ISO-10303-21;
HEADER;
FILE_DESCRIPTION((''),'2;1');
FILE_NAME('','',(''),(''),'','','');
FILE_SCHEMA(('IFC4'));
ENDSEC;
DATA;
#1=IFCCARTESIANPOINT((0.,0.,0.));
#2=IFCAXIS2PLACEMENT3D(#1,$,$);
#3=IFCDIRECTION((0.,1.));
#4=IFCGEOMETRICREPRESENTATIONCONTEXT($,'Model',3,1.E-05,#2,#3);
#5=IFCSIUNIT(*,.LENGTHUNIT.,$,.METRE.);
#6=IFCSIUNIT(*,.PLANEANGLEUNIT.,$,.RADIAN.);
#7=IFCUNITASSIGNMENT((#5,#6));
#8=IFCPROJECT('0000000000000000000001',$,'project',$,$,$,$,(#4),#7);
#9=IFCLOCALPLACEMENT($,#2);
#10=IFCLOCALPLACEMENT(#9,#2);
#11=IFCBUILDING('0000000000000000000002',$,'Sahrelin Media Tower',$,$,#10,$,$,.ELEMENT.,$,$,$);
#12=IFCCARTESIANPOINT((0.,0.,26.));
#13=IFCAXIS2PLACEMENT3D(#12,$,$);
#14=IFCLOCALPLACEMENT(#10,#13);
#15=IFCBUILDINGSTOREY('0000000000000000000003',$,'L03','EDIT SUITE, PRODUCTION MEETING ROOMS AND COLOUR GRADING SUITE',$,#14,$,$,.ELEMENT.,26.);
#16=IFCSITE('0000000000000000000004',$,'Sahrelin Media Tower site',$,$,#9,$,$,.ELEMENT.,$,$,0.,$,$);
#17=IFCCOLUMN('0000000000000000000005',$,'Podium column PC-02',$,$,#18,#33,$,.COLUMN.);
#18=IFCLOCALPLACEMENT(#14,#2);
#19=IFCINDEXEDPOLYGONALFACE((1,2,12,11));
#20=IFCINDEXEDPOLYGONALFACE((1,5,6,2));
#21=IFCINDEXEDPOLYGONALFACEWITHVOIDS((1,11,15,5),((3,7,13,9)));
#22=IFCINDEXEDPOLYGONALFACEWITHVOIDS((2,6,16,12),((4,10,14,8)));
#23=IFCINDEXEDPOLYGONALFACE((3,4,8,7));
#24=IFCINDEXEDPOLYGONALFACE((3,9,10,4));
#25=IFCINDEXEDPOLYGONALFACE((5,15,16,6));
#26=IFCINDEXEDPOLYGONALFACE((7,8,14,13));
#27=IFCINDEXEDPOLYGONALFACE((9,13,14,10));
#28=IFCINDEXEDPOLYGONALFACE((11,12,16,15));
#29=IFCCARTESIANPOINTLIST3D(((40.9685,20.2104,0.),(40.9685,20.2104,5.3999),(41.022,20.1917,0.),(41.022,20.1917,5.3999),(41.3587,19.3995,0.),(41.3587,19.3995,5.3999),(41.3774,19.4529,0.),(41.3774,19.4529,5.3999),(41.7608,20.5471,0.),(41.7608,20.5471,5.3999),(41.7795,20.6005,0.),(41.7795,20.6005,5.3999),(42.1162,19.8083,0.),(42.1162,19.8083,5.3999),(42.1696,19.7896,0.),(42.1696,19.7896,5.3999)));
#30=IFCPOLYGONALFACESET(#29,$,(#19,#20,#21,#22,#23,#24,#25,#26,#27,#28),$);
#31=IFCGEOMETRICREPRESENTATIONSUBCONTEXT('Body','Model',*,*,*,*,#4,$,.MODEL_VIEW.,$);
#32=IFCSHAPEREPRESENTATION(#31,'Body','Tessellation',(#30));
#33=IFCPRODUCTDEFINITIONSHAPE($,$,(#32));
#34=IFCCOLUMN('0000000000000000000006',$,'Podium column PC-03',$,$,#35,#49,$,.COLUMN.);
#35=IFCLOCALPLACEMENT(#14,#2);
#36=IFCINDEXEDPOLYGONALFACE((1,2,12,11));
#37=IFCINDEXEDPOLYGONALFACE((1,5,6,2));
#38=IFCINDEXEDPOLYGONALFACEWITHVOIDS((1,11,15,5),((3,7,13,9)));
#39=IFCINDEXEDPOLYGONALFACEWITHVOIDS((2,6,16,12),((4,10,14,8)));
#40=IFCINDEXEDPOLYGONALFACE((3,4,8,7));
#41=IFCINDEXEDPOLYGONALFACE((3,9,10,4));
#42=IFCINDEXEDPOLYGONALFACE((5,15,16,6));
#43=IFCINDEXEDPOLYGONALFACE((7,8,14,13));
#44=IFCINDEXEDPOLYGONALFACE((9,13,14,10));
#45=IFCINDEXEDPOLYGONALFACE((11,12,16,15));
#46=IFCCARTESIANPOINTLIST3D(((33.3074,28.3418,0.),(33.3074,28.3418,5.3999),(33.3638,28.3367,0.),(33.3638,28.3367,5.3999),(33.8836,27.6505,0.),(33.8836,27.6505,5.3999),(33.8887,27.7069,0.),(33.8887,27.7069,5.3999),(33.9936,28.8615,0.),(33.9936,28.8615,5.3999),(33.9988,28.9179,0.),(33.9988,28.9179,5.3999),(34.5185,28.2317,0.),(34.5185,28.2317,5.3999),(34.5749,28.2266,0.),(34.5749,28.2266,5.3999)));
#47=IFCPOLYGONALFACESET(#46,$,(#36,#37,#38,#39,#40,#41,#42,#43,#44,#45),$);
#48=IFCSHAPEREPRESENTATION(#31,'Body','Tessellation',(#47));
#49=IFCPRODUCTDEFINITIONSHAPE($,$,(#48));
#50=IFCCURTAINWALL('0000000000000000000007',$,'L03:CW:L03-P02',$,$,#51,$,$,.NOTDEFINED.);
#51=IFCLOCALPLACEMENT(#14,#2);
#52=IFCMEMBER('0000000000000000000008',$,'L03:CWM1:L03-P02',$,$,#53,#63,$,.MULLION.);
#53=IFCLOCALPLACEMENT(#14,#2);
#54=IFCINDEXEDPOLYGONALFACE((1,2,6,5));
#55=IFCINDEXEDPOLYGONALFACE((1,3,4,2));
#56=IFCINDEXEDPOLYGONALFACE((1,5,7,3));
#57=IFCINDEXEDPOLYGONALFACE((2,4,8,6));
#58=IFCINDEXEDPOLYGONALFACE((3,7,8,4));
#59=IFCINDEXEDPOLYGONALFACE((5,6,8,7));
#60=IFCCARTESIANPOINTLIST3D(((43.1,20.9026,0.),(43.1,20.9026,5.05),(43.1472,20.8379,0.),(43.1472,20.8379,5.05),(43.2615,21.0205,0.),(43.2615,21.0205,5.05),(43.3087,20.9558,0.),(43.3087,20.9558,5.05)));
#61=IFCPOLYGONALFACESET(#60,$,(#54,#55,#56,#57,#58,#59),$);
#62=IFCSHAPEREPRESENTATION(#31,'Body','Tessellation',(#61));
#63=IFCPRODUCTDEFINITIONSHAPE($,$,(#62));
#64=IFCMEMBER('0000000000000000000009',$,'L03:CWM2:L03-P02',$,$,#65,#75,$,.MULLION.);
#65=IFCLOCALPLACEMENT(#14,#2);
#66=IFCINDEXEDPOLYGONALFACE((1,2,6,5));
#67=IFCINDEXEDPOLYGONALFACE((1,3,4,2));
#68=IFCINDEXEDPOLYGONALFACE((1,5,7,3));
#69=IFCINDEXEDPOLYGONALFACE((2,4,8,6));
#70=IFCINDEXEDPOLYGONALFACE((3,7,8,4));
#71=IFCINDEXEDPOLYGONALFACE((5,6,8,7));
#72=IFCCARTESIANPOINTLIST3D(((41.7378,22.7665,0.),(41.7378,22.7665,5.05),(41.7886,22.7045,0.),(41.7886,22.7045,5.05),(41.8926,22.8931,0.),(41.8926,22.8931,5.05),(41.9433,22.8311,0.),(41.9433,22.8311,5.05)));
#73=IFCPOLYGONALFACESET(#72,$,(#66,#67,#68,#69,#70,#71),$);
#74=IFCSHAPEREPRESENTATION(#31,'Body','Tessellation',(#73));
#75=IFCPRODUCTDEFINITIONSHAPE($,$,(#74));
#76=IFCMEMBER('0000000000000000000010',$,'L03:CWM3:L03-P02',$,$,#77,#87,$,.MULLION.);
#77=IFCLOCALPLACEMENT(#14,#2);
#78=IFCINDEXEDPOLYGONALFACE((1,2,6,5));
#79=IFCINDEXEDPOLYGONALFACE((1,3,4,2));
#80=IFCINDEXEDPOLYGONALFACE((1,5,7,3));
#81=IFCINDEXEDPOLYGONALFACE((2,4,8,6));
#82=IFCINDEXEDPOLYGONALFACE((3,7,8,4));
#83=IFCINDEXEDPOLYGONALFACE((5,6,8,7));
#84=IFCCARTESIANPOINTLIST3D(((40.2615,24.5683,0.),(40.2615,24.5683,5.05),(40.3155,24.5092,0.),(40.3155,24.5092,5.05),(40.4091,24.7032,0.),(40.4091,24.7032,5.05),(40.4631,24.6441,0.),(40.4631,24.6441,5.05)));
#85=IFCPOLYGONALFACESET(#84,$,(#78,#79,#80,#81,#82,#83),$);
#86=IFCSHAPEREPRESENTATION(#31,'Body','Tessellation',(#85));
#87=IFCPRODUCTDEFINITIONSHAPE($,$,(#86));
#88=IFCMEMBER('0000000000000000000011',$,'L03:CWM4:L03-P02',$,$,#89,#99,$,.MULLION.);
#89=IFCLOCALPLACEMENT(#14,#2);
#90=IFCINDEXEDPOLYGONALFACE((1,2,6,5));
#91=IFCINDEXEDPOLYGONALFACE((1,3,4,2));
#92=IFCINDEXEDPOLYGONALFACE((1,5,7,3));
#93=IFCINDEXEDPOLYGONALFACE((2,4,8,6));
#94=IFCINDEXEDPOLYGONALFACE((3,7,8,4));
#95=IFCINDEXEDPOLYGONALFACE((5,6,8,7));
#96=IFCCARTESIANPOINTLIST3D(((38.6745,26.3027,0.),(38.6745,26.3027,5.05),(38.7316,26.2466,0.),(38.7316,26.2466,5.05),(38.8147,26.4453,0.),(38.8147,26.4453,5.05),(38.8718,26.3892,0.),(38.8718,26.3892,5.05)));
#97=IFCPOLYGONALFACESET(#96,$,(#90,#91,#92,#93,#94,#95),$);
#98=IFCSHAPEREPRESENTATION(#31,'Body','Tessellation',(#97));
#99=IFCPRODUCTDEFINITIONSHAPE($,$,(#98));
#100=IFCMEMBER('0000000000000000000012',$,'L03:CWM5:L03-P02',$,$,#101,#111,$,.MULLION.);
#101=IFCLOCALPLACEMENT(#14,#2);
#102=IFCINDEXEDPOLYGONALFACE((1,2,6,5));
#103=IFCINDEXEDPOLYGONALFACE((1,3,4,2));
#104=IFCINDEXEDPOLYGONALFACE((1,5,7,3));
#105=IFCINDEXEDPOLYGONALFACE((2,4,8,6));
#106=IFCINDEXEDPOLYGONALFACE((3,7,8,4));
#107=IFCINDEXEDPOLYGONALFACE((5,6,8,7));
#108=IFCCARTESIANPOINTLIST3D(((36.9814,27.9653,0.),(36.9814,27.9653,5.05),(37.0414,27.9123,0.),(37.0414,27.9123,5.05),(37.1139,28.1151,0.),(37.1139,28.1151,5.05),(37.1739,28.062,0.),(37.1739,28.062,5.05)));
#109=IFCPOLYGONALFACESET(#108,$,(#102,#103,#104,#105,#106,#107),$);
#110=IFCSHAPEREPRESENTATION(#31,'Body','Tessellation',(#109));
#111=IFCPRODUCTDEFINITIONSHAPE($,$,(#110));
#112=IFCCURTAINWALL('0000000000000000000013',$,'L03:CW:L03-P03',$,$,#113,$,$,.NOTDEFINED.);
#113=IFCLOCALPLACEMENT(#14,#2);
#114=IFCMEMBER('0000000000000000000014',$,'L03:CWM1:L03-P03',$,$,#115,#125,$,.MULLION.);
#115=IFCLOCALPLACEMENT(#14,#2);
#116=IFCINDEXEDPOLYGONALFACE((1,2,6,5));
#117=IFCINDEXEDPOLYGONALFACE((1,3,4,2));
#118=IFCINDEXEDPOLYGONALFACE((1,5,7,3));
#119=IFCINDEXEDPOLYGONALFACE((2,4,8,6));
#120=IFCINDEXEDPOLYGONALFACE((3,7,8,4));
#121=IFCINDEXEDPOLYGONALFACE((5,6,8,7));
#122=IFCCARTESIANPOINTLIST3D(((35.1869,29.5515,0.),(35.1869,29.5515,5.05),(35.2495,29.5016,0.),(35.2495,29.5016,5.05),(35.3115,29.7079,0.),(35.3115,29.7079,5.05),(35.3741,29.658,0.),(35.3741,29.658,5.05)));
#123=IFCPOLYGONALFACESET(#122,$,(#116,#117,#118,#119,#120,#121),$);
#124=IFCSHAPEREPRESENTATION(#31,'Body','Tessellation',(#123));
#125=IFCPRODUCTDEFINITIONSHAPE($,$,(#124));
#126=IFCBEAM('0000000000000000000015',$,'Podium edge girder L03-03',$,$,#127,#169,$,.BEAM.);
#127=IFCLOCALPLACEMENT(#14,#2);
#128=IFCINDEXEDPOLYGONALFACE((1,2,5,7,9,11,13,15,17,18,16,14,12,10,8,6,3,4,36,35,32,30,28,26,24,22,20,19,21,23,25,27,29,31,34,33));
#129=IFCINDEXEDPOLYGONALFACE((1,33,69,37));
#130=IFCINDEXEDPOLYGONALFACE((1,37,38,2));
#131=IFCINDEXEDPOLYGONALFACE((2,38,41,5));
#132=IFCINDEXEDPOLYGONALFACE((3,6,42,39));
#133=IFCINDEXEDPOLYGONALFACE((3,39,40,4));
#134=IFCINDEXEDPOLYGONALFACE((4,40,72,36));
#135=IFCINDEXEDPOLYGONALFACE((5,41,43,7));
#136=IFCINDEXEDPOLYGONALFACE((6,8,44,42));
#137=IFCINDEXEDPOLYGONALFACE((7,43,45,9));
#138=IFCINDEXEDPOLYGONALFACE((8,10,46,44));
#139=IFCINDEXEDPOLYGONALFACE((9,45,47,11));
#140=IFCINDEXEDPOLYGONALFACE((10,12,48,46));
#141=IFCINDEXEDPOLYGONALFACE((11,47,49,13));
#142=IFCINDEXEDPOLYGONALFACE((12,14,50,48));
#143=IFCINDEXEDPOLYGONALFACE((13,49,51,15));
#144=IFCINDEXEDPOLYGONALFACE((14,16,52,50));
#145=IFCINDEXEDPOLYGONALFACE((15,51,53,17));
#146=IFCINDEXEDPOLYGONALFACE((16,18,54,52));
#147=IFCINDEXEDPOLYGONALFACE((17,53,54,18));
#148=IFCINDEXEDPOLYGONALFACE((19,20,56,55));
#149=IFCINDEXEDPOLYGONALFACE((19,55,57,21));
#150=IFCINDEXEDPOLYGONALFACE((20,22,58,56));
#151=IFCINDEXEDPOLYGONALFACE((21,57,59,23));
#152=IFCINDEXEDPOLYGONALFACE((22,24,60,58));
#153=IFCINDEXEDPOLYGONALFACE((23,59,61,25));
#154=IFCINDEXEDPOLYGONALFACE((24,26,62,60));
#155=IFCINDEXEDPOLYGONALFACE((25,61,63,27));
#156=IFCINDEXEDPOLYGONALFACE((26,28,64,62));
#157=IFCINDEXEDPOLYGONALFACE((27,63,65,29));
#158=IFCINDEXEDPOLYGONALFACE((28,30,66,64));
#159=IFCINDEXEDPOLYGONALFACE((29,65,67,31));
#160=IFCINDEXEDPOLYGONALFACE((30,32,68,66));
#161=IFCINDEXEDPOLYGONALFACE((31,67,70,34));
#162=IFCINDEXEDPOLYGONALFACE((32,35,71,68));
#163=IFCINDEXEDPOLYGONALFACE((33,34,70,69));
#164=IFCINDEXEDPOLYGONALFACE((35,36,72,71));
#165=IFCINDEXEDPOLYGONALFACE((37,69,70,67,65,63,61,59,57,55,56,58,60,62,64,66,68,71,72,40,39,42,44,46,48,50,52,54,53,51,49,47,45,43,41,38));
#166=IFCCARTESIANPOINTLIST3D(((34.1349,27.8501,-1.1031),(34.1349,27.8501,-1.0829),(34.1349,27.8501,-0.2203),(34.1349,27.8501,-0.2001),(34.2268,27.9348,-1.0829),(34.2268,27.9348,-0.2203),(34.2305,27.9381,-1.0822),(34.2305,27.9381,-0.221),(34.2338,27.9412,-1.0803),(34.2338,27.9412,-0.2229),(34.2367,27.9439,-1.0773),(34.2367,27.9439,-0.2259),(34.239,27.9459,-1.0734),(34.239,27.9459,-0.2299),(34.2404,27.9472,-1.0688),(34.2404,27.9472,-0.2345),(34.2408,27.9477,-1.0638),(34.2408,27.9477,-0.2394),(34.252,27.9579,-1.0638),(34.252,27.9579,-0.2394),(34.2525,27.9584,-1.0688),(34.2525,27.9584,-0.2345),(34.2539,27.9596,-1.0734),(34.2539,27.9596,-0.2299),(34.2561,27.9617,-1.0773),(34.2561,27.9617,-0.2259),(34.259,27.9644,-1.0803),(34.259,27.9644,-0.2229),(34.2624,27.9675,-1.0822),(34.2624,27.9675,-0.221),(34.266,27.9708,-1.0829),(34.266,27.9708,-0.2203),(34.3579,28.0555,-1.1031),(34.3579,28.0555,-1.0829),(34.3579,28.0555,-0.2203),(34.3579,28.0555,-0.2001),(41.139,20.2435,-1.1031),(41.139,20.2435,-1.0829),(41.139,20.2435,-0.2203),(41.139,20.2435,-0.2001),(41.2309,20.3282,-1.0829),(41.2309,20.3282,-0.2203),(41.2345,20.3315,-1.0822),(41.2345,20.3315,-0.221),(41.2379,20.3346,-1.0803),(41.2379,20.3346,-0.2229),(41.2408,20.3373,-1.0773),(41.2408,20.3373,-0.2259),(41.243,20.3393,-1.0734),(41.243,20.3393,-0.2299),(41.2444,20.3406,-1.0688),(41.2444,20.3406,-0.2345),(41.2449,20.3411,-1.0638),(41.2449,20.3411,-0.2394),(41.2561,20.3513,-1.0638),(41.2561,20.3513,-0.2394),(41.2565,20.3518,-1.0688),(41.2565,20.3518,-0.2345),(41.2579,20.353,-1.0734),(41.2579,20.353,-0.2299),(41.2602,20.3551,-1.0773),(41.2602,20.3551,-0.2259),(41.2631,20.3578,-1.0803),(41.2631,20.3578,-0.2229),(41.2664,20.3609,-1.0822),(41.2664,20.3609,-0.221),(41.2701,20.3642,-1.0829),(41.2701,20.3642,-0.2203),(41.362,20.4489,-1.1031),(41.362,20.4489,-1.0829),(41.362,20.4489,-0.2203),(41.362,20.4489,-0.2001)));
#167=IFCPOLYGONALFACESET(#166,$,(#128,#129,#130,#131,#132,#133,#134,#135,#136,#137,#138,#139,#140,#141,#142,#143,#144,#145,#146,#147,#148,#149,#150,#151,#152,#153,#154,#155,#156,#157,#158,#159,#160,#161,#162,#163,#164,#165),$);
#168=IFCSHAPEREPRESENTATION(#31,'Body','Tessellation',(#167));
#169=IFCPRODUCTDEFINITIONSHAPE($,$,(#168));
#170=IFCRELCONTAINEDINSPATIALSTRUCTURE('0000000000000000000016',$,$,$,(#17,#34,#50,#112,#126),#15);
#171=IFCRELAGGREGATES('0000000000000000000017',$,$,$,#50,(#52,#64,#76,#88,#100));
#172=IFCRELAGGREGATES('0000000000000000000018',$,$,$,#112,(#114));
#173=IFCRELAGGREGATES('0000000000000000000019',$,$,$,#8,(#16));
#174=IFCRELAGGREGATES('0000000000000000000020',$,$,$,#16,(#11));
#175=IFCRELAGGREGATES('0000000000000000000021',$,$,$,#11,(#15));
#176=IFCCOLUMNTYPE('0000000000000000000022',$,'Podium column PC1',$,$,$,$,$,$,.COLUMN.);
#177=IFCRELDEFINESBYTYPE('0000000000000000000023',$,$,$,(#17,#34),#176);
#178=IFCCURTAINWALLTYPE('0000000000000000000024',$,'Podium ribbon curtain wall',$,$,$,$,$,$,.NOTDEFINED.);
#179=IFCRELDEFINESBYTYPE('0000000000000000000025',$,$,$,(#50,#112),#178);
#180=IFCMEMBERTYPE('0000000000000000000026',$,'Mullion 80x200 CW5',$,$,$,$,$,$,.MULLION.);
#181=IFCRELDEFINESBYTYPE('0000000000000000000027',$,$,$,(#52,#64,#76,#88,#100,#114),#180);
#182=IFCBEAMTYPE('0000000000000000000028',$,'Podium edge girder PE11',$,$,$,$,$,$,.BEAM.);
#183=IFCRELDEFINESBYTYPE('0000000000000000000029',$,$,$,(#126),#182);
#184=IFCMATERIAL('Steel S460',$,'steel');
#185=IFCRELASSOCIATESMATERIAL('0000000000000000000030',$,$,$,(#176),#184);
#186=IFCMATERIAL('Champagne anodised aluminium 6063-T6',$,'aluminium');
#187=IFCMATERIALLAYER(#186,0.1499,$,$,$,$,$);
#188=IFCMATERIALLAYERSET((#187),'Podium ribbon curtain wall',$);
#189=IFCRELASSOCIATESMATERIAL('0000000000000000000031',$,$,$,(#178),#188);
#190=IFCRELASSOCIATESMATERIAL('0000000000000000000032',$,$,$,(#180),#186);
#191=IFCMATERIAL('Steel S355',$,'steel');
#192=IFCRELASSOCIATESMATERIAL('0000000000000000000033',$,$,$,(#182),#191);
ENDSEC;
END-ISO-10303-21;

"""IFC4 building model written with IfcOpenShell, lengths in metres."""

from ifc_helpers import new_model, si_unit, direction, frame, origin, origin_2d, place, context, subcontext, project, spatial, rectangle, hollow_rectangle, i_section, extrude, material, layer, layer_set, material_profile, profile_set, type_object, element, aggregate, save


model = new_model("IFC4")

# Units and contexts
model_context = context("Model", 3, precision=1e-05, world=origin(), true_north=direction((0.0, 1.0)))
body_context = subcontext(model_context, "Body", "Model", "MODEL_VIEW")
ifc_project = project(units=[si_unit("LENGTHUNIT", "METRE"), si_unit("PLANEANGLEUNIT", "RADIAN")], contexts=[model_context])

# Site, building, storey
site_placement = place(None, origin())
site = spatial("IfcSite", under=ifc_project, at=site_placement, Name="Sahrelin Media Tower site", CompositionType="ELEMENT", RefElevation=0.0)
building_placement = place(site_placement, origin())
building = spatial("IfcBuilding", under=site, at=building_placement, Name="Sahrelin Media Tower", CompositionType="ELEMENT")
storey_placement = place(building_placement, frame((0.0, 0.0, 26.0)))
storey = spatial("IfcBuildingStorey", under=building, at=storey_placement, Name="L03", Description="EDIT SUITE, PRODUCTION MEETING ROOMS AND COLOUR GRADING SUITE", CompositionType="ELEMENT", Elevation=26.0)

# Columns
ifc_material_1 = material(Name="Steel S460", Category="steel")
ifc_material_profile_1 = material_profile(ifc_material_1, hollow_rectangle(XDim=0.8999, YDim=0.8999, WallThickness=0.04, at=origin_2d()), Name="Podium column PC1")
ifc_profile_set_1 = profile_set([ifc_material_profile_1], Name="Steel S460")
column_type = type_object("IfcColumnType", Name="Podium column PC1", PredefinedType="COLUMN", material=ifc_profile_set_1)
for number, where, z_axis, x_axis, name in (
    (1, (41.5691, 20.0, 0.0), (0.0, 0.0, 1.0), (0.901127, 0.433555, 0.0), "Podium column PC-02"),
    (2, (33.9412, 28.2842, 0.0), (0.0, 0.0, 1.0), (0.768221, 0.640185, 0.0), "Podium column PC-03"),
):
    element("IfcColumn", number, at=place(storey_placement, frame(where, z_axis=z_axis, x_axis=x_axis)), inside=storey, type_object=column_type, Name=name, PredefinedType="COLUMN", context=body_context, shape_type="SweptSolid", body=[
        extrude(hollow_rectangle(XDim=0.8999, YDim=0.8999, WallThickness=0.04, at=origin_2d()), origin(), (0.0, 0.0, 1.0), 5.3999),
    ])

# Curtain wall, members
ifc_material_2 = material(Name="Champagne anodised aluminium 6063-T6", Category="aluminium")
ifc_layer_1 = layer(ifc_material_2, 0.1499)
ifc_layer_set_1 = layer_set([ifc_layer_1], Name="Podium ribbon curtain wall")
curtain_wall_type = type_object("IfcCurtainWallType", Name="Podium ribbon curtain wall", PredefinedType="NOTDEFINED", material=ifc_layer_set_1)
curtain_wall_1_placement = place(storey_placement, frame((43.3013, 21.0, 0.0), z_axis=(0.0, 0.0, 1.0), x_axis=(1.0, 0.0, 0.0)))
curtain_wall_1 = element("IfcCurtainWall", 3, at=curtain_wall_1_placement, inside=storey, type_object=curtain_wall_type, Name="L03:CW:L03-P02", PredefinedType="NOTDEFINED")
ifc_material_profile_2 = material_profile(ifc_material_2, rectangle(XDim=0.0801, YDim=0.2, at=origin_2d()), Name="Mullion 80x200")
ifc_profile_set_2 = profile_set([ifc_material_profile_2], Name="Champagne anodised aluminium 6063-T6")
member_type_1 = type_object("IfcMemberType", Name="Mullion 80x200 CW5", PredefinedType="MULLION", material=ifc_profile_set_2)
member_1_placement = place(storey_placement, frame((43.2043, 20.9292, 0.0), z_axis=(0.0, 0.0, 1.0), x_axis=(-0.589385, 0.807852, 0.0)))
member_1 = element("IfcMember", 4, at=member_1_placement, type_object=member_type_1, Name="L03:CWM1:L03-P02", PredefinedType="MULLION", context=body_context, shape_type="SweptSolid", body=[
    extrude(rectangle(XDim=0.0801, YDim=0.2, at=origin_2d()), origin(), (0.0, 0.0, 1.0), 5.05),
])
member_2_placement = place(storey_placement, frame((41.8406, 22.7988, 0.0), z_axis=(0.0, 0.0, 1.0), x_axis=(-0.633235, 0.77396, 0.0)))
member_2 = element("IfcMember", 5, at=member_2_placement, type_object=member_type_1, Name="L03:CWM2:L03-P02", PredefinedType="MULLION", context=body_context, shape_type="SweptSolid", body=[
    extrude(rectangle(XDim=0.0801, YDim=0.2, at=origin_2d()), origin(), (0.0, 0.0, 1.0), 5.05),
])
member_3_placement = place(storey_placement, frame((40.3623, 24.6062, 0.0), z_axis=(0.0, 0.0, 1.0), x_axis=(-0.67443, 0.738339, 0.0)))
member_3 = element("IfcMember", 6, at=member_3_placement, type_object=member_type_1, Name="L03:CWM3:L03-P02", PredefinedType="MULLION", context=body_context, shape_type="SweptSolid", body=[
    extrude(rectangle(XDim=0.0801, YDim=0.2, at=origin_2d()), origin(), (0.0, 0.0, 1.0), 5.05),
])
member_4_placement = place(storey_placement, frame((38.7732, 26.3459, 0.0), z_axis=(0.0, 0.0, 1.0), x_axis=(-0.712974, 0.701191, 0.0)))
member_4 = element("IfcMember", 7, at=member_4_placement, type_object=member_type_1, Name="L03:CWM4:L03-P02", PredefinedType="MULLION", context=body_context, shape_type="SweptSolid", body=[
    extrude(rectangle(XDim=0.0801, YDim=0.2, at=origin_2d()), origin(), (0.0, 0.0, 1.0), 5.05),
])
member_5_placement = place(storey_placement, frame((37.0776, 28.0137, 0.0), z_axis=(0.0, 0.0, 1.0), x_axis=(-0.748788, 0.66281, 0.0)))
member_5 = element("IfcMember", 8, at=member_5_placement, type_object=member_type_1, Name="L03:CWM5:L03-P02", PredefinedType="MULLION", context=body_context, shape_type="SweptSolid", body=[
    extrude(rectangle(XDim=0.0801, YDim=0.2, at=origin_2d()), origin(), (0.0, 0.0, 1.0), 5.05),
])

# Curtain wall, member
curtain_wall_2_placement = place(storey_placement, frame((35.3552, 29.6985, 0.0), z_axis=(0.0, 0.0, 1.0), x_axis=(1.0, 0.0, 0.0)))
curtain_wall_2 = element("IfcCurtainWall", 9, at=curtain_wall_2_placement, inside=storey, type_object=curtain_wall_type, Name="L03:CW:L03-P03", PredefinedType="NOTDEFINED")
member_6_placement = place(storey_placement, frame((35.2805, 29.6047, 0.0), z_axis=(0.0, 0.0, 1.0), x_axis=(-0.78196, 0.623328, 0.0)))
member_6 = element("IfcMember", 10, at=member_6_placement, type_object=member_type_1, Name="L03:CWM1:L03-P03", PredefinedType="MULLION", context=body_context, shape_type="SweptSolid", body=[
    extrude(rectangle(XDim=0.0801, YDim=0.2, at=origin_2d()), origin(), (0.0, 0.0, 1.0), 5.05),
])

# Beam
ifc_material_3 = material(Name="Steel S355", Category="steel")
ifc_material_profile_3 = material_profile(ifc_material_3, i_section(OverallWidth=0.3032, OverallDepth=0.9031, WebThickness=0.0151, FlangeThickness=0.0203, FilletRadius=0.019, at=origin_2d()), Name="UB 914x305x201")
ifc_profile_set_3 = profile_set([ifc_material_profile_3], Name="Steel S355")
beam_type = type_object("IfcBeamType", Name="Podium edge girder PE11", PredefinedType="BEAM", material=ifc_profile_set_3)
beam_1_placement = place(storey_placement, frame((41.2505, 20.3462, -0.6516), z_axis=(-0.677371, 0.735642, 0.0), x_axis=(-0.735642, -0.677371, 0.0)))
element("IfcBeam", 11, at=beam_1_placement, inside=storey, type_object=beam_type, Name="Podium edge girder L03-03", PredefinedType="BEAM", context=body_context, shape_type="SweptSolid", body=[
    extrude(i_section(OverallWidth=0.3032, OverallDepth=0.9031, WebThickness=0.0151, FlangeThickness=0.0203, FilletRadius=0.019, at=origin_2d()), origin(), (0.0, 0.0, 1.0), 10.3401),
])

aggregate(curtain_wall_1, [member_1, member_2, member_3, member_4, member_5])
aggregate(curtain_wall_2, [member_6])

save(model, "model.ifc")
